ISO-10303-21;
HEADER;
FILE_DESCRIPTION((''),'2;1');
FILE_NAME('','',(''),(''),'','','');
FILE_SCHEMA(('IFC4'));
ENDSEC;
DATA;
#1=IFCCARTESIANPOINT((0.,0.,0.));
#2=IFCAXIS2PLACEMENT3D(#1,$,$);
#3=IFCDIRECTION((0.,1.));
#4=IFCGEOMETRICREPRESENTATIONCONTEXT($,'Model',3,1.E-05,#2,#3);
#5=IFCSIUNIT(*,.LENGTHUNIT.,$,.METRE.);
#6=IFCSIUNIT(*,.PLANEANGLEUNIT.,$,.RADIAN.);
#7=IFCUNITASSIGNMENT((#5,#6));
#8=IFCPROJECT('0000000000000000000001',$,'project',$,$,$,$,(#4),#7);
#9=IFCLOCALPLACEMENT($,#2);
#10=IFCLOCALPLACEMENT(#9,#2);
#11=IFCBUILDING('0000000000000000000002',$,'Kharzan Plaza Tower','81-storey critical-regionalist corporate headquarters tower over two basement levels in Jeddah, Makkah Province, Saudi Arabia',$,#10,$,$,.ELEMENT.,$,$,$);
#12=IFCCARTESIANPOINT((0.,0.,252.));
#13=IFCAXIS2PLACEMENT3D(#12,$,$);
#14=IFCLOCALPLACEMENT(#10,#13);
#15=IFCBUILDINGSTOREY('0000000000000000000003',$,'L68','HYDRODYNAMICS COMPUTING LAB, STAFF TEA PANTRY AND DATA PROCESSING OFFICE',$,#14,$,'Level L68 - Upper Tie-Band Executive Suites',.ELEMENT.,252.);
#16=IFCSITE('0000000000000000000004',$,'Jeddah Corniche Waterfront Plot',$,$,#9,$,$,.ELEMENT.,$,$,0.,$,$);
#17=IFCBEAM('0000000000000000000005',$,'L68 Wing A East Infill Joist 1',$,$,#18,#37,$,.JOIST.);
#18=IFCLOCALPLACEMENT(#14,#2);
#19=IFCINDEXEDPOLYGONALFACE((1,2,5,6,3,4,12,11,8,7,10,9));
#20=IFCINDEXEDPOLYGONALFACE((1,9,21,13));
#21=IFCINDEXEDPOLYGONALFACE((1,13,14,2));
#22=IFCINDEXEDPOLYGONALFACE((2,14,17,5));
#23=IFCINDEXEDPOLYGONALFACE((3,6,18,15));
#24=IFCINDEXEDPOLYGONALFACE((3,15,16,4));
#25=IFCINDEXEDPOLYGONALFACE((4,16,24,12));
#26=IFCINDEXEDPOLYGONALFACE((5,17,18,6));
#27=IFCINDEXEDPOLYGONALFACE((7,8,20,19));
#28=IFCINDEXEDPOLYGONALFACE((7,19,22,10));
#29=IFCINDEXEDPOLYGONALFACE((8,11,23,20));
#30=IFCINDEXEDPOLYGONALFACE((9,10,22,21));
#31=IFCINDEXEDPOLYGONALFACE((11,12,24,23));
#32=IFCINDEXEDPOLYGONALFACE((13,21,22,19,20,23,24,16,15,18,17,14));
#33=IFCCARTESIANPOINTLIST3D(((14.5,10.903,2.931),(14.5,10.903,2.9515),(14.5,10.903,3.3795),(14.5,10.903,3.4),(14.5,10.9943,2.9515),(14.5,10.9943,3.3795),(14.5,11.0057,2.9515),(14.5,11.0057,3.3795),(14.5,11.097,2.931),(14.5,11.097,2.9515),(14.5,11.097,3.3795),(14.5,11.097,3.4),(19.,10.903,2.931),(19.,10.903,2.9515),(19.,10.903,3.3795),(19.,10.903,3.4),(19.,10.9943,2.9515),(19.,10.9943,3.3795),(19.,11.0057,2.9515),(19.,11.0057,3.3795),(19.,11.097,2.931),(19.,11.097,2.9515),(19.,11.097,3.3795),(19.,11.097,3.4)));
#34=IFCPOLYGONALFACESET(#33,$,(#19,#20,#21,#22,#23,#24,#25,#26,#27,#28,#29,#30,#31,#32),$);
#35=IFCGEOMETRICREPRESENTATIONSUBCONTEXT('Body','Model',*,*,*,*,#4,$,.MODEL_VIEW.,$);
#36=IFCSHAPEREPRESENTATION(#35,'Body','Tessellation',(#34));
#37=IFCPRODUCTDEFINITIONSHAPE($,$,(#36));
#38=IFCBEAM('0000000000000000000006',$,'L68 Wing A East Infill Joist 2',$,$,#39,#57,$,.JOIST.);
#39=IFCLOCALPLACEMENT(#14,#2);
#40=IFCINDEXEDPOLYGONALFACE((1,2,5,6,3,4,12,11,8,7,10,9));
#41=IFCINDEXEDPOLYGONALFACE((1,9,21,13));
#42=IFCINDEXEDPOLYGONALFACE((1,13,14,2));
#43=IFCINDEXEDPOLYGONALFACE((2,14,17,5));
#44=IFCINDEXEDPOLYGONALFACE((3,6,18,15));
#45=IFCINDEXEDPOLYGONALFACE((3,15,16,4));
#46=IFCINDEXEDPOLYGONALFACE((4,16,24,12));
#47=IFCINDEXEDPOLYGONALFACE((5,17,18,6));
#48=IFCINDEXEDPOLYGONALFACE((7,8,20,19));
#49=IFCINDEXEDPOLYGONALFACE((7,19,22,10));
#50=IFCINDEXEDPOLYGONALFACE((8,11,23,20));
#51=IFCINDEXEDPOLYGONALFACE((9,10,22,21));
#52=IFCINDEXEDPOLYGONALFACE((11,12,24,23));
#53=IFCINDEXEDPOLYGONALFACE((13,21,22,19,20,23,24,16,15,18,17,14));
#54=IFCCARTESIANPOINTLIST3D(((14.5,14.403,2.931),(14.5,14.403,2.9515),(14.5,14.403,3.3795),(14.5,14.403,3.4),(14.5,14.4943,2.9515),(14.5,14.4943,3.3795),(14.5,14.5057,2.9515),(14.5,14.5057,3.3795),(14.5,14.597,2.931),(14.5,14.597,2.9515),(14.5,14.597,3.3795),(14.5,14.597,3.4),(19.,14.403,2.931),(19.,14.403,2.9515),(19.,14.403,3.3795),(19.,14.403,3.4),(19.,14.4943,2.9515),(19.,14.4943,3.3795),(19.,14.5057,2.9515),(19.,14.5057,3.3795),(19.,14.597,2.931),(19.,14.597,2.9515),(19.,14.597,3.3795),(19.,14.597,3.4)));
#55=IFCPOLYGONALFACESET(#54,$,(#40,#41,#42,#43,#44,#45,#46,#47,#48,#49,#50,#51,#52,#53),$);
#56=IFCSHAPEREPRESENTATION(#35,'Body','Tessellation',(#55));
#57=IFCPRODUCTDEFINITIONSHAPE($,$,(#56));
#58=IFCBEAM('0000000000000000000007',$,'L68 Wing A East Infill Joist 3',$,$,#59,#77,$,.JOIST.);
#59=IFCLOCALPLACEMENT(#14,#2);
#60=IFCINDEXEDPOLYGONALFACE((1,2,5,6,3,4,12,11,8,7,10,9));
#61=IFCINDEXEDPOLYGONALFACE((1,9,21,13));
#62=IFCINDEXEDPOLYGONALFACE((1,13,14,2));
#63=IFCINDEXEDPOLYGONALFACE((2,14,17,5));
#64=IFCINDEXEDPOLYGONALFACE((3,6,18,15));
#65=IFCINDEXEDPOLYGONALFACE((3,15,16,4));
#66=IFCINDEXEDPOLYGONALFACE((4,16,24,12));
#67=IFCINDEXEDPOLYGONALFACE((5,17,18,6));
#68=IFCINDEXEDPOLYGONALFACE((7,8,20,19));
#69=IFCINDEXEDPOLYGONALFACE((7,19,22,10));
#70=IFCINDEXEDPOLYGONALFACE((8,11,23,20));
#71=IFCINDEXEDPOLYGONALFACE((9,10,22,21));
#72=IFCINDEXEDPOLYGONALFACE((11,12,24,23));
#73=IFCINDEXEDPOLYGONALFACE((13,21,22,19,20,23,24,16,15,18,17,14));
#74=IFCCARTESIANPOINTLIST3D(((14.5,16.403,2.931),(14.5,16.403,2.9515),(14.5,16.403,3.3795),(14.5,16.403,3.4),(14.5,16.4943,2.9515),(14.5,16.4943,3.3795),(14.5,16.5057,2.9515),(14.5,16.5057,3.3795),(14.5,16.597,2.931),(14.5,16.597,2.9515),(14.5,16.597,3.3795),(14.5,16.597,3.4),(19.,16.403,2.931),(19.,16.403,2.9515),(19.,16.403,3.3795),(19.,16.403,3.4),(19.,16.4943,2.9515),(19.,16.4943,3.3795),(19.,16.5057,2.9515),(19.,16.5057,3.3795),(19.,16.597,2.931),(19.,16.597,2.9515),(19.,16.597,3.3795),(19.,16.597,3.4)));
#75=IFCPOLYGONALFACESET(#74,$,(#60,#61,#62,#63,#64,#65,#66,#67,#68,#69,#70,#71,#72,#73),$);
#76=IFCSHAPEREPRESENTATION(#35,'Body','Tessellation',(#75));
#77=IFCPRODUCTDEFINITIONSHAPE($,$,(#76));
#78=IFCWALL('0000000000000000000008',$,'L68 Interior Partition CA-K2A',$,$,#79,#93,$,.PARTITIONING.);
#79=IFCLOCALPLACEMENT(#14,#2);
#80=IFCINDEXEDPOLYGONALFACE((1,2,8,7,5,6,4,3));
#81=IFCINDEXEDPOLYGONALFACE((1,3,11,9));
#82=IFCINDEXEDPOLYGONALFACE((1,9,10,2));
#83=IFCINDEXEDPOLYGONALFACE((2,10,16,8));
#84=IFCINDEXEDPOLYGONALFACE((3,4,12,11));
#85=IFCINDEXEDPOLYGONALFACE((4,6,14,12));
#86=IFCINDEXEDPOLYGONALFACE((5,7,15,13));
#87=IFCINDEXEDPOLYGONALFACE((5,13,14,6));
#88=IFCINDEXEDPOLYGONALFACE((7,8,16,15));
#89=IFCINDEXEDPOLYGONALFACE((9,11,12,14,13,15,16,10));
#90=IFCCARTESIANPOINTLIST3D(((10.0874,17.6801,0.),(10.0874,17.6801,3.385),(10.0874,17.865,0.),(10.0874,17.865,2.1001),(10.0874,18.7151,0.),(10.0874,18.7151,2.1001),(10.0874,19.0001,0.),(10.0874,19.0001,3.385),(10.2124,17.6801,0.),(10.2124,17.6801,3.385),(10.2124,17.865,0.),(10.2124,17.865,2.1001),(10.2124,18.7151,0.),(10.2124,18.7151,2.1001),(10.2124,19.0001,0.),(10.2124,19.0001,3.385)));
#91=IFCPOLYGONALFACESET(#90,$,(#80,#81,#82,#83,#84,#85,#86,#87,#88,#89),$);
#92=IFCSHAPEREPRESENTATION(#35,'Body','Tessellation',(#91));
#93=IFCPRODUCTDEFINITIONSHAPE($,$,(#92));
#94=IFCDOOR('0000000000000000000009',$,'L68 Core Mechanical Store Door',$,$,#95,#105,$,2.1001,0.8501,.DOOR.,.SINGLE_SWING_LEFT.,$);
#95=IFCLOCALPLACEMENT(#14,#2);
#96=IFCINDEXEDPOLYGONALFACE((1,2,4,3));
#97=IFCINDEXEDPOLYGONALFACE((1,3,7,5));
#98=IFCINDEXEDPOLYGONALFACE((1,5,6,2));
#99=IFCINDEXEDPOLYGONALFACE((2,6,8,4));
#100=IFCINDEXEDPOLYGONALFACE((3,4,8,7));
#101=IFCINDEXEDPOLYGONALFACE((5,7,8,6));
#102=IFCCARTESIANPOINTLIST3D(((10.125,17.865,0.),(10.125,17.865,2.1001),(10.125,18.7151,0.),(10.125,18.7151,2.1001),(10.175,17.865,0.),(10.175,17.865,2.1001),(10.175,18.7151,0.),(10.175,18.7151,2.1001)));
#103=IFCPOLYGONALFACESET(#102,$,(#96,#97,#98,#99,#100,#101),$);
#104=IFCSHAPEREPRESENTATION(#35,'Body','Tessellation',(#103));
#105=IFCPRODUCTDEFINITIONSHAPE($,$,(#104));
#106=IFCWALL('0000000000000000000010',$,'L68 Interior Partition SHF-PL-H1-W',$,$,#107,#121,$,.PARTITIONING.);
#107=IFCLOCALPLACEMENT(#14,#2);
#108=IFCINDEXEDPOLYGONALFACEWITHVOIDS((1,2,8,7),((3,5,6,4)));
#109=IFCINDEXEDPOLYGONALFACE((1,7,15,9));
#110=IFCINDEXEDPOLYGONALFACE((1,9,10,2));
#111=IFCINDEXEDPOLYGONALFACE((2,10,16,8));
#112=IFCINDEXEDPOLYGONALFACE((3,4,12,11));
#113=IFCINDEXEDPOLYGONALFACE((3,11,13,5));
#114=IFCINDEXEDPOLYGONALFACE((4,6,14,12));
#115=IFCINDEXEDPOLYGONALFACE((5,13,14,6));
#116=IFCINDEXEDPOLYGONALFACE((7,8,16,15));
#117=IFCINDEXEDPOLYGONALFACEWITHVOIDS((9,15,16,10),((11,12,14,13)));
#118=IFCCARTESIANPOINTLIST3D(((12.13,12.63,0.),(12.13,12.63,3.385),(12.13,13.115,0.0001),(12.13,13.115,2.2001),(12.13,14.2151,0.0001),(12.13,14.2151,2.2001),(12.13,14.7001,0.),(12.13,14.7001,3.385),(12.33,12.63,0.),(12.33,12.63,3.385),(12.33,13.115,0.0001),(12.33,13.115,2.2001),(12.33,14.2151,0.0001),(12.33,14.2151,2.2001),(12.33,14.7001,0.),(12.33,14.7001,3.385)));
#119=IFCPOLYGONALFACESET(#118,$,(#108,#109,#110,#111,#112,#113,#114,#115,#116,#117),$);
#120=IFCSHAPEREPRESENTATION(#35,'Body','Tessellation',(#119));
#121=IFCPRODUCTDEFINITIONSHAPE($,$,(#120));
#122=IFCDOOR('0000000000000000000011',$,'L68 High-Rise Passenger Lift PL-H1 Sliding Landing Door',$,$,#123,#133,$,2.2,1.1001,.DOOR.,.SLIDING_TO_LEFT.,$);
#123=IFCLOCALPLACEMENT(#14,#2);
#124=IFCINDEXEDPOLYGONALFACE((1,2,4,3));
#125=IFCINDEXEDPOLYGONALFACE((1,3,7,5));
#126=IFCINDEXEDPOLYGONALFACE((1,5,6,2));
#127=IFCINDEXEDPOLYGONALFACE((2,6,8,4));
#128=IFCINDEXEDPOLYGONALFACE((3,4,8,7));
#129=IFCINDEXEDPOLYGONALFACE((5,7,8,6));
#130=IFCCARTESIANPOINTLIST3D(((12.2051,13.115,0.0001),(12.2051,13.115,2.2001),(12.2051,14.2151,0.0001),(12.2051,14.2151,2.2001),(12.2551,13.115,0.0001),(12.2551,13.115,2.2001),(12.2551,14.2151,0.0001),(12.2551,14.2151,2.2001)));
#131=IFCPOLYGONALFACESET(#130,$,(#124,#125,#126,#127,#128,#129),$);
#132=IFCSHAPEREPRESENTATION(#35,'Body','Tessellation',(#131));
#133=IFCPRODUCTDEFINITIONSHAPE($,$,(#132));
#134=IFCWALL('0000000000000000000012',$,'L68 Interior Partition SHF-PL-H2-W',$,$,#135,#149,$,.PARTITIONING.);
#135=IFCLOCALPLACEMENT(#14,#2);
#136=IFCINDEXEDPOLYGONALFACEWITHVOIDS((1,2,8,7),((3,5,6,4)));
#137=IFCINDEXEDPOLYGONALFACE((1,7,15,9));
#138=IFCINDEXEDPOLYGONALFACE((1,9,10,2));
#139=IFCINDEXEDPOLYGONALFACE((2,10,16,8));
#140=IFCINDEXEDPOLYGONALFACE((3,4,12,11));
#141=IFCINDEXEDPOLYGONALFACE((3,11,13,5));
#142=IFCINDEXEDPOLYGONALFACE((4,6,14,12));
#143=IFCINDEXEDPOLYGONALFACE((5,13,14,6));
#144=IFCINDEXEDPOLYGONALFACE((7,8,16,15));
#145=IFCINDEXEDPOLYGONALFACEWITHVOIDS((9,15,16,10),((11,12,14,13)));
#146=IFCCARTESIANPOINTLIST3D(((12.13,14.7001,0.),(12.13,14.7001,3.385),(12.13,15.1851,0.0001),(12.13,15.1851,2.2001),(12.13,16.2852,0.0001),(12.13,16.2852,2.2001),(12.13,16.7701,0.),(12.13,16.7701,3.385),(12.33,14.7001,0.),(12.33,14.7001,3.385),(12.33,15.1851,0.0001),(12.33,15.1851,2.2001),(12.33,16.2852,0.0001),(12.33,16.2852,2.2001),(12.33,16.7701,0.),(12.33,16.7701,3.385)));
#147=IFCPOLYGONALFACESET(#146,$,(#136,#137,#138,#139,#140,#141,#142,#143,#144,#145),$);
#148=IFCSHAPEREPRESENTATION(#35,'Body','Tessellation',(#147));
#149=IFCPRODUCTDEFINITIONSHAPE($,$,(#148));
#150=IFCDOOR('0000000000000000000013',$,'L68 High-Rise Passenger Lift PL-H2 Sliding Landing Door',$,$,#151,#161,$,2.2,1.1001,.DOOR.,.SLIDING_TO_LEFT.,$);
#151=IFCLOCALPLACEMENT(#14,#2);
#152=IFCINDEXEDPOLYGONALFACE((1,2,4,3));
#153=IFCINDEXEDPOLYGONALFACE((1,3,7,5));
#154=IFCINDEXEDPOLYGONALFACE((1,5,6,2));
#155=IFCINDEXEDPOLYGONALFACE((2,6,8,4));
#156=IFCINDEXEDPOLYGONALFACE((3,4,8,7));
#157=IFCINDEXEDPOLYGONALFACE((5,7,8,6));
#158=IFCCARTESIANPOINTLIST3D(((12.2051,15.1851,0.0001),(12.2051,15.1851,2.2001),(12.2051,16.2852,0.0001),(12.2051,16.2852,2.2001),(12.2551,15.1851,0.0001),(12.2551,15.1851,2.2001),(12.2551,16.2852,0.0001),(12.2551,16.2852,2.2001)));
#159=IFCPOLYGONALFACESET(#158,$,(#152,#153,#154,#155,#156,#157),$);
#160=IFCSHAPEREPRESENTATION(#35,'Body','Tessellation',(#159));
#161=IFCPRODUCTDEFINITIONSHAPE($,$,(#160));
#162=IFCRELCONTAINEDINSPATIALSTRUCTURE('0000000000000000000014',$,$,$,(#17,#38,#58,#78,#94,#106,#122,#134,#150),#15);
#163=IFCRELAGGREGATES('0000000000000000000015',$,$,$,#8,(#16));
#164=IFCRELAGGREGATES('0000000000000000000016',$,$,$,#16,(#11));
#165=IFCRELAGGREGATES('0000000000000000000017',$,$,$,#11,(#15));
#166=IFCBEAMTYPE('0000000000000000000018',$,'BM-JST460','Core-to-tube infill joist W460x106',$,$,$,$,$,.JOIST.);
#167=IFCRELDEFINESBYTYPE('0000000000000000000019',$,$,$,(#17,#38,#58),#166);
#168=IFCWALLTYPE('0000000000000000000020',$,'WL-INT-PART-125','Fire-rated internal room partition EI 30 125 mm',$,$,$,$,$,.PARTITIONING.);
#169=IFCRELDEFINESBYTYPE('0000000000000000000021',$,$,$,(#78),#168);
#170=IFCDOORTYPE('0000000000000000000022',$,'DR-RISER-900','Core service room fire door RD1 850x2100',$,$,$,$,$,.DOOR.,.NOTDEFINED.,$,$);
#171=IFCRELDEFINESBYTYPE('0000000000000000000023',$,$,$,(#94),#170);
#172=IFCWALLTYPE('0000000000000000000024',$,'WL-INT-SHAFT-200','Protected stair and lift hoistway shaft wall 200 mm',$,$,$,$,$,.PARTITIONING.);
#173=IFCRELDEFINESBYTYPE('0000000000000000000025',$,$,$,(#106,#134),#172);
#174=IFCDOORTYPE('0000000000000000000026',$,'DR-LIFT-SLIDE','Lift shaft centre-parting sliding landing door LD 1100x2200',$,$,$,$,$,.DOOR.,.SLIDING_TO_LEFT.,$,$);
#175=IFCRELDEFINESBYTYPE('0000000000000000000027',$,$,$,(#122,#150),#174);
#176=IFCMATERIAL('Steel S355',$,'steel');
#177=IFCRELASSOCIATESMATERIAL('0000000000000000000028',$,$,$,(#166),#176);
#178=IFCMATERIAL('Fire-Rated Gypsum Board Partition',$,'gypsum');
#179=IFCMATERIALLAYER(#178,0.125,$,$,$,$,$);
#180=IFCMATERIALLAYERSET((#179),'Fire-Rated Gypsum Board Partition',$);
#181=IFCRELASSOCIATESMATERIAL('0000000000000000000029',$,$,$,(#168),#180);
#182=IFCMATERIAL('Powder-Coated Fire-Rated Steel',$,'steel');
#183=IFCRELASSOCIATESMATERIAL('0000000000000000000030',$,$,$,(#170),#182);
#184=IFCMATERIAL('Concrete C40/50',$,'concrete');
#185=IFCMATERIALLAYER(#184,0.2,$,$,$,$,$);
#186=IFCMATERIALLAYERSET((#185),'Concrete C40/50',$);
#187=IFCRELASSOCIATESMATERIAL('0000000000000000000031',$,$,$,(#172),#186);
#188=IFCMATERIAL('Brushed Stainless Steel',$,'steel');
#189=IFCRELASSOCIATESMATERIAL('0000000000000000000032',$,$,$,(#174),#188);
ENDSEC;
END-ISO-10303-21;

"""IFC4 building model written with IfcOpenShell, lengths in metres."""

from ifc_helpers import new_model, si_unit, direction, frame, frame_2d, origin, origin_2d, place, context, subcontext, project, spatial, rectangle, i_section, extrude, source, transform, mapped, material, layer, layer_set, material_profile, profile_set, type_object, element, fill, save


model = new_model("IFC4")

# Units and contexts
model_context = context("Model", 3, precision=1e-05, world=origin(), true_north=direction((0.0, 1.0)))
body_context = subcontext(model_context, "Body", "Model", "MODEL_VIEW")
ifc_project = project(units=[si_unit("LENGTHUNIT", "METRE"), si_unit("PLANEANGLEUNIT", "RADIAN")], contexts=[model_context])

# Site, building, storey
site_placement = place(None, origin())
site = spatial("IfcSite", under=ifc_project, at=site_placement, Name="Jeddah Corniche Waterfront Plot", CompositionType="ELEMENT", RefElevation=0.0)
building_placement = place(site_placement, origin())
building = spatial("IfcBuilding", under=site, at=building_placement, Name="Kharzan Plaza Tower", Description="81-storey critical-regionalist corporate headquarters tower over two basement levels in Jeddah, Makkah Province, Saudi Arabia", CompositionType="ELEMENT")
storey_placement = place(building_placement, frame((0.0, 0.0, 252.0)))
storey = spatial("IfcBuildingStorey", under=building, at=storey_placement, Name="L68", Description="HYDRODYNAMICS COMPUTING LAB, STAFF TEA PANTRY AND DATA PROCESSING OFFICE", LongName="Level L68 - Upper Tie-Band Executive Suites", CompositionType="ELEMENT", Elevation=252.0)

# Beams
ifc_material_1 = material(Name="Steel S355", Category="steel")
ifc_material_profile = material_profile(ifc_material_1, i_section(OverallWidth=0.1941, OverallDepth=0.469, WebThickness=0.0115, FlangeThickness=0.0205, at=origin_2d()), Name="W460x106")
ifc_profile_set = profile_set([ifc_material_profile], Name="Steel S355")
beam_type = type_object("IfcBeamType", Name="BM-JST460", Description="Core-to-tube infill joist W460x106", PredefinedType="JOIST", material=ifc_profile_set)
shared_shape_1 = source(origin(), body_context, "Body", "SweptSolid", [
    extrude(i_section(OverallWidth=0.1941, OverallDepth=0.469, WebThickness=0.0115, FlangeThickness=0.0205, at=origin_2d()), origin(), (0.0, 0.0, 1.0), 4.5),
])
for number, where, z_axis, x_axis, name in (
    (1, (14.5, 11.0, 3.1655), (1.0, 0.0, 0.0), (0.0, 1.0, 0.0), "L68 Wing A East Infill Joist 1"),
    (2, (14.5, 14.5, 3.1655), (1.0, 0.0, 0.0), (0.0, 1.0, 0.0), "L68 Wing A East Infill Joist 2"),
    (3, (14.5, 16.5, 3.1655), (1.0, 0.0, 0.0), (0.0, 1.0, 0.0), "L68 Wing A East Infill Joist 3"),
):
    element("IfcBeam", number, at=place(storey_placement, frame(where, z_axis=z_axis, x_axis=x_axis)), inside=storey, type_object=beam_type, Name=name, PredefinedType="JOIST", context=body_context, shape_type="MappedRepresentation", body=[
        mapped(shared_shape_1, transform((0.0, 0.0, 0.0), x_axis=(1.0, 0.0, 0.0), y_axis=(0.0, 1.0, 0.0), z_axis=(0.0, 0.0, 1.0))),
    ])

# Walls, openings, doors
ifc_material_2 = material(Name="Fire-Rated Gypsum Board Partition", Category="gypsum")
ifc_layer_1 = layer(ifc_material_2, 0.125)
ifc_layer_set_1 = layer_set([ifc_layer_1], Name="Fire-Rated Gypsum Board Partition")
wall_type_1 = type_object("IfcWallType", Name="WL-INT-PART-125", Description="Fire-rated internal room partition EI 30 125 mm", PredefinedType="PARTITIONING", material=ifc_layer_set_1)
wall_1_placement = place(storey_placement, frame((10.1499, 17.6799, 0.0), z_axis=(0.0, 0.0, 1.0), x_axis=(0.0, 1.0, 0.0)))
wall_1 = element("IfcWall", 4, at=wall_1_placement, inside=storey, type_object=wall_type_1, Name="L68 Interior Partition CA-K2A", PredefinedType="PARTITIONING", context=body_context, shape_type="SweptSolid", body=[
    extrude(rectangle(XDim=1.3201, YDim=0.125, at=frame_2d((0.6602, 0.0))), origin(), (0.0, 0.0, 1.0), 3.385),
])
opening_1_placement = place(wall_1_placement, frame((0.1851, 0.0, 0.0)))
opening_1 = element("IfcOpeningElement", 5, at=opening_1_placement, cuts=wall_1, PredefinedType="OPENING", context=body_context, shape_type="SweptSolid", body=[
    extrude(rectangle(XDim=0.8501, YDim=2.1001, at=frame_2d((0.425, 1.05))), frame((0.0, 0.0725, 0.0), z_axis=(0.0, -1.0, 0.0), x_axis=(1.0, 0.0, 0.0)), (0.0, 0.0, 1.0), 0.145),
])
ifc_material_3 = material(Name="Powder-Coated Fire-Rated Steel", Category="steel")
door_type_1 = type_object("IfcDoorType", Name="DR-RISER-900", Description="Core service room fire door RD1 850x2100", OperationType="NOTDEFINED", PredefinedType="DOOR", material=ifc_material_3)
shared_shape_2 = source(origin(), body_context, "Body", "SweptSolid", [
    extrude(rectangle(XDim=0.8501, YDim=2.1001, at=frame_2d((0.425, 1.05))), frame((0.0, 0.0249, 0.0), z_axis=(0.0, -1.0, 0.0), x_axis=(1.0, 0.0, 0.0)), (0.0, 0.0, 1.0), 0.05),
])
door_1_placement = place(opening_1_placement, origin())
door_1 = element("IfcDoor", 6, at=door_1_placement, inside=storey, type_object=door_type_1, Name="L68 Core Mechanical Store Door", OperationType="SINGLE_SWING_LEFT", OverallHeight=2.1001, OverallWidth=0.8501, PredefinedType="DOOR", context=body_context, shape_type="MappedRepresentation", body=[
    mapped(shared_shape_2, transform((0.0, 0.0, 0.0), x_axis=(1.0, 0.0, 0.0), y_axis=(0.0, 1.0, 0.0), z_axis=(0.0, 0.0, 1.0))),
])
fill(opening_1, door_1)
ifc_material_4 = material(Name="Concrete C40/50", Category="concrete")
ifc_layer_2 = layer(ifc_material_4, 0.2)
ifc_layer_set_2 = layer_set([ifc_layer_2], Name="Concrete C40/50")
wall_type_2 = type_object("IfcWallType", Name="WL-INT-SHAFT-200", Description="Protected stair and lift hoistway shaft wall 200 mm", PredefinedType="PARTITIONING", material=ifc_layer_set_2)
wall_2_placement = place(storey_placement, frame((12.23, 12.6299, 0.0), z_axis=(0.0, 0.0, 1.0), x_axis=(0.0, 1.0, 0.0)))
wall_2 = element("IfcWall", 7, at=wall_2_placement, inside=storey, type_object=wall_type_2, Name="L68 Interior Partition SHF-PL-H1-W", PredefinedType="PARTITIONING", context=body_context, shape_type="SweptSolid", body=[
    extrude(rectangle(XDim=2.0701, YDim=0.2, at=frame_2d((1.0352, 0.0))), origin(), (0.0, 0.0, 1.0), 3.385),
])
opening_2_placement = place(wall_2_placement, frame((0.4851, 0.0, 0.0)))
opening_2 = element("IfcOpeningElement", 8, at=opening_2_placement, cuts=wall_2, PredefinedType="OPENING", context=body_context, shape_type="SweptSolid", body=[
    extrude(rectangle(XDim=1.1001, YDim=2.2, at=frame_2d((0.55, 1.1001))), frame((0.0, 0.1099, 0.0), z_axis=(0.0, -1.0, 0.0), x_axis=(1.0, 0.0, 0.0)), (0.0, 0.0, 1.0), 0.22),
])
ifc_material_5 = material(Name="Brushed Stainless Steel", Category="steel")
door_type_2 = type_object("IfcDoorType", Name="DR-LIFT-SLIDE", Description="Lift shaft centre-parting sliding landing door LD 1100x2200", OperationType="SLIDING_TO_LEFT", PredefinedType="DOOR", material=ifc_material_5)
shared_shape_3 = source(origin(), body_context, "Body", "SweptSolid", [
    extrude(rectangle(XDim=1.1001, YDim=2.2, at=frame_2d((0.55, 1.1001))), frame((0.0, 0.0249, 0.0), z_axis=(0.0, -1.0, 0.0), x_axis=(1.0, 0.0, 0.0)), (0.0, 0.0, 1.0), 0.05),
])
door_2_placement = place(opening_2_placement, origin())
door_2 = element("IfcDoor", 9, at=door_2_placement, inside=storey, type_object=door_type_2, Name="L68 High-Rise Passenger Lift PL-H1 Sliding Landing Door", OperationType="SLIDING_TO_LEFT", OverallHeight=2.2, OverallWidth=1.1001, PredefinedType="DOOR", context=body_context, shape_type="MappedRepresentation", body=[
    mapped(shared_shape_3, transform((0.0, 0.0, 0.0), x_axis=(1.0, 0.0, 0.0), y_axis=(0.0, 1.0, 0.0), z_axis=(0.0, 0.0, 1.0))),
])
fill(opening_2, door_2)
wall_3_placement = place(storey_placement, frame((12.23, 14.7, 0.0), z_axis=(0.0, 0.0, 1.0), x_axis=(0.0, 1.0, 0.0)))
wall_3 = element("IfcWall", 10, at=wall_3_placement, inside=storey, type_object=wall_type_2, Name="L68 Interior Partition SHF-PL-H2-W", PredefinedType="PARTITIONING", context=body_context, shape_type="SweptSolid", body=[
    extrude(rectangle(XDim=2.0701, YDim=0.2, at=frame_2d((1.0352, 0.0))), origin(), (0.0, 0.0, 1.0), 3.385),
])
opening_3_placement = place(wall_3_placement, frame((0.4851, 0.0, 0.0)))
opening_3 = element("IfcOpeningElement", 11, at=opening_3_placement, cuts=wall_3, PredefinedType="OPENING", context=body_context, shape_type="SweptSolid", body=[
    extrude(rectangle(XDim=1.1001, YDim=2.2, at=frame_2d((0.55, 1.1001))), frame((0.0, 0.1099, 0.0), z_axis=(0.0, -1.0, 0.0), x_axis=(1.0, 0.0, 0.0)), (0.0, 0.0, 1.0), 0.22),
])
door_3_placement = place(opening_3_placement, origin())
door_3 = element("IfcDoor", 12, at=door_3_placement, inside=storey, type_object=door_type_2, Name="L68 High-Rise Passenger Lift PL-H2 Sliding Landing Door", OperationType="SLIDING_TO_LEFT", OverallHeight=2.2, OverallWidth=1.1001, PredefinedType="DOOR", context=body_context, shape_type="MappedRepresentation", body=[
    mapped(shared_shape_3, transform((0.0, 0.0, 0.0), x_axis=(1.0, 0.0, 0.0), y_axis=(0.0, 1.0, 0.0), z_axis=(0.0, 0.0, 1.0))),
])
fill(opening_3, door_3)

save(model, "model.ifc")
